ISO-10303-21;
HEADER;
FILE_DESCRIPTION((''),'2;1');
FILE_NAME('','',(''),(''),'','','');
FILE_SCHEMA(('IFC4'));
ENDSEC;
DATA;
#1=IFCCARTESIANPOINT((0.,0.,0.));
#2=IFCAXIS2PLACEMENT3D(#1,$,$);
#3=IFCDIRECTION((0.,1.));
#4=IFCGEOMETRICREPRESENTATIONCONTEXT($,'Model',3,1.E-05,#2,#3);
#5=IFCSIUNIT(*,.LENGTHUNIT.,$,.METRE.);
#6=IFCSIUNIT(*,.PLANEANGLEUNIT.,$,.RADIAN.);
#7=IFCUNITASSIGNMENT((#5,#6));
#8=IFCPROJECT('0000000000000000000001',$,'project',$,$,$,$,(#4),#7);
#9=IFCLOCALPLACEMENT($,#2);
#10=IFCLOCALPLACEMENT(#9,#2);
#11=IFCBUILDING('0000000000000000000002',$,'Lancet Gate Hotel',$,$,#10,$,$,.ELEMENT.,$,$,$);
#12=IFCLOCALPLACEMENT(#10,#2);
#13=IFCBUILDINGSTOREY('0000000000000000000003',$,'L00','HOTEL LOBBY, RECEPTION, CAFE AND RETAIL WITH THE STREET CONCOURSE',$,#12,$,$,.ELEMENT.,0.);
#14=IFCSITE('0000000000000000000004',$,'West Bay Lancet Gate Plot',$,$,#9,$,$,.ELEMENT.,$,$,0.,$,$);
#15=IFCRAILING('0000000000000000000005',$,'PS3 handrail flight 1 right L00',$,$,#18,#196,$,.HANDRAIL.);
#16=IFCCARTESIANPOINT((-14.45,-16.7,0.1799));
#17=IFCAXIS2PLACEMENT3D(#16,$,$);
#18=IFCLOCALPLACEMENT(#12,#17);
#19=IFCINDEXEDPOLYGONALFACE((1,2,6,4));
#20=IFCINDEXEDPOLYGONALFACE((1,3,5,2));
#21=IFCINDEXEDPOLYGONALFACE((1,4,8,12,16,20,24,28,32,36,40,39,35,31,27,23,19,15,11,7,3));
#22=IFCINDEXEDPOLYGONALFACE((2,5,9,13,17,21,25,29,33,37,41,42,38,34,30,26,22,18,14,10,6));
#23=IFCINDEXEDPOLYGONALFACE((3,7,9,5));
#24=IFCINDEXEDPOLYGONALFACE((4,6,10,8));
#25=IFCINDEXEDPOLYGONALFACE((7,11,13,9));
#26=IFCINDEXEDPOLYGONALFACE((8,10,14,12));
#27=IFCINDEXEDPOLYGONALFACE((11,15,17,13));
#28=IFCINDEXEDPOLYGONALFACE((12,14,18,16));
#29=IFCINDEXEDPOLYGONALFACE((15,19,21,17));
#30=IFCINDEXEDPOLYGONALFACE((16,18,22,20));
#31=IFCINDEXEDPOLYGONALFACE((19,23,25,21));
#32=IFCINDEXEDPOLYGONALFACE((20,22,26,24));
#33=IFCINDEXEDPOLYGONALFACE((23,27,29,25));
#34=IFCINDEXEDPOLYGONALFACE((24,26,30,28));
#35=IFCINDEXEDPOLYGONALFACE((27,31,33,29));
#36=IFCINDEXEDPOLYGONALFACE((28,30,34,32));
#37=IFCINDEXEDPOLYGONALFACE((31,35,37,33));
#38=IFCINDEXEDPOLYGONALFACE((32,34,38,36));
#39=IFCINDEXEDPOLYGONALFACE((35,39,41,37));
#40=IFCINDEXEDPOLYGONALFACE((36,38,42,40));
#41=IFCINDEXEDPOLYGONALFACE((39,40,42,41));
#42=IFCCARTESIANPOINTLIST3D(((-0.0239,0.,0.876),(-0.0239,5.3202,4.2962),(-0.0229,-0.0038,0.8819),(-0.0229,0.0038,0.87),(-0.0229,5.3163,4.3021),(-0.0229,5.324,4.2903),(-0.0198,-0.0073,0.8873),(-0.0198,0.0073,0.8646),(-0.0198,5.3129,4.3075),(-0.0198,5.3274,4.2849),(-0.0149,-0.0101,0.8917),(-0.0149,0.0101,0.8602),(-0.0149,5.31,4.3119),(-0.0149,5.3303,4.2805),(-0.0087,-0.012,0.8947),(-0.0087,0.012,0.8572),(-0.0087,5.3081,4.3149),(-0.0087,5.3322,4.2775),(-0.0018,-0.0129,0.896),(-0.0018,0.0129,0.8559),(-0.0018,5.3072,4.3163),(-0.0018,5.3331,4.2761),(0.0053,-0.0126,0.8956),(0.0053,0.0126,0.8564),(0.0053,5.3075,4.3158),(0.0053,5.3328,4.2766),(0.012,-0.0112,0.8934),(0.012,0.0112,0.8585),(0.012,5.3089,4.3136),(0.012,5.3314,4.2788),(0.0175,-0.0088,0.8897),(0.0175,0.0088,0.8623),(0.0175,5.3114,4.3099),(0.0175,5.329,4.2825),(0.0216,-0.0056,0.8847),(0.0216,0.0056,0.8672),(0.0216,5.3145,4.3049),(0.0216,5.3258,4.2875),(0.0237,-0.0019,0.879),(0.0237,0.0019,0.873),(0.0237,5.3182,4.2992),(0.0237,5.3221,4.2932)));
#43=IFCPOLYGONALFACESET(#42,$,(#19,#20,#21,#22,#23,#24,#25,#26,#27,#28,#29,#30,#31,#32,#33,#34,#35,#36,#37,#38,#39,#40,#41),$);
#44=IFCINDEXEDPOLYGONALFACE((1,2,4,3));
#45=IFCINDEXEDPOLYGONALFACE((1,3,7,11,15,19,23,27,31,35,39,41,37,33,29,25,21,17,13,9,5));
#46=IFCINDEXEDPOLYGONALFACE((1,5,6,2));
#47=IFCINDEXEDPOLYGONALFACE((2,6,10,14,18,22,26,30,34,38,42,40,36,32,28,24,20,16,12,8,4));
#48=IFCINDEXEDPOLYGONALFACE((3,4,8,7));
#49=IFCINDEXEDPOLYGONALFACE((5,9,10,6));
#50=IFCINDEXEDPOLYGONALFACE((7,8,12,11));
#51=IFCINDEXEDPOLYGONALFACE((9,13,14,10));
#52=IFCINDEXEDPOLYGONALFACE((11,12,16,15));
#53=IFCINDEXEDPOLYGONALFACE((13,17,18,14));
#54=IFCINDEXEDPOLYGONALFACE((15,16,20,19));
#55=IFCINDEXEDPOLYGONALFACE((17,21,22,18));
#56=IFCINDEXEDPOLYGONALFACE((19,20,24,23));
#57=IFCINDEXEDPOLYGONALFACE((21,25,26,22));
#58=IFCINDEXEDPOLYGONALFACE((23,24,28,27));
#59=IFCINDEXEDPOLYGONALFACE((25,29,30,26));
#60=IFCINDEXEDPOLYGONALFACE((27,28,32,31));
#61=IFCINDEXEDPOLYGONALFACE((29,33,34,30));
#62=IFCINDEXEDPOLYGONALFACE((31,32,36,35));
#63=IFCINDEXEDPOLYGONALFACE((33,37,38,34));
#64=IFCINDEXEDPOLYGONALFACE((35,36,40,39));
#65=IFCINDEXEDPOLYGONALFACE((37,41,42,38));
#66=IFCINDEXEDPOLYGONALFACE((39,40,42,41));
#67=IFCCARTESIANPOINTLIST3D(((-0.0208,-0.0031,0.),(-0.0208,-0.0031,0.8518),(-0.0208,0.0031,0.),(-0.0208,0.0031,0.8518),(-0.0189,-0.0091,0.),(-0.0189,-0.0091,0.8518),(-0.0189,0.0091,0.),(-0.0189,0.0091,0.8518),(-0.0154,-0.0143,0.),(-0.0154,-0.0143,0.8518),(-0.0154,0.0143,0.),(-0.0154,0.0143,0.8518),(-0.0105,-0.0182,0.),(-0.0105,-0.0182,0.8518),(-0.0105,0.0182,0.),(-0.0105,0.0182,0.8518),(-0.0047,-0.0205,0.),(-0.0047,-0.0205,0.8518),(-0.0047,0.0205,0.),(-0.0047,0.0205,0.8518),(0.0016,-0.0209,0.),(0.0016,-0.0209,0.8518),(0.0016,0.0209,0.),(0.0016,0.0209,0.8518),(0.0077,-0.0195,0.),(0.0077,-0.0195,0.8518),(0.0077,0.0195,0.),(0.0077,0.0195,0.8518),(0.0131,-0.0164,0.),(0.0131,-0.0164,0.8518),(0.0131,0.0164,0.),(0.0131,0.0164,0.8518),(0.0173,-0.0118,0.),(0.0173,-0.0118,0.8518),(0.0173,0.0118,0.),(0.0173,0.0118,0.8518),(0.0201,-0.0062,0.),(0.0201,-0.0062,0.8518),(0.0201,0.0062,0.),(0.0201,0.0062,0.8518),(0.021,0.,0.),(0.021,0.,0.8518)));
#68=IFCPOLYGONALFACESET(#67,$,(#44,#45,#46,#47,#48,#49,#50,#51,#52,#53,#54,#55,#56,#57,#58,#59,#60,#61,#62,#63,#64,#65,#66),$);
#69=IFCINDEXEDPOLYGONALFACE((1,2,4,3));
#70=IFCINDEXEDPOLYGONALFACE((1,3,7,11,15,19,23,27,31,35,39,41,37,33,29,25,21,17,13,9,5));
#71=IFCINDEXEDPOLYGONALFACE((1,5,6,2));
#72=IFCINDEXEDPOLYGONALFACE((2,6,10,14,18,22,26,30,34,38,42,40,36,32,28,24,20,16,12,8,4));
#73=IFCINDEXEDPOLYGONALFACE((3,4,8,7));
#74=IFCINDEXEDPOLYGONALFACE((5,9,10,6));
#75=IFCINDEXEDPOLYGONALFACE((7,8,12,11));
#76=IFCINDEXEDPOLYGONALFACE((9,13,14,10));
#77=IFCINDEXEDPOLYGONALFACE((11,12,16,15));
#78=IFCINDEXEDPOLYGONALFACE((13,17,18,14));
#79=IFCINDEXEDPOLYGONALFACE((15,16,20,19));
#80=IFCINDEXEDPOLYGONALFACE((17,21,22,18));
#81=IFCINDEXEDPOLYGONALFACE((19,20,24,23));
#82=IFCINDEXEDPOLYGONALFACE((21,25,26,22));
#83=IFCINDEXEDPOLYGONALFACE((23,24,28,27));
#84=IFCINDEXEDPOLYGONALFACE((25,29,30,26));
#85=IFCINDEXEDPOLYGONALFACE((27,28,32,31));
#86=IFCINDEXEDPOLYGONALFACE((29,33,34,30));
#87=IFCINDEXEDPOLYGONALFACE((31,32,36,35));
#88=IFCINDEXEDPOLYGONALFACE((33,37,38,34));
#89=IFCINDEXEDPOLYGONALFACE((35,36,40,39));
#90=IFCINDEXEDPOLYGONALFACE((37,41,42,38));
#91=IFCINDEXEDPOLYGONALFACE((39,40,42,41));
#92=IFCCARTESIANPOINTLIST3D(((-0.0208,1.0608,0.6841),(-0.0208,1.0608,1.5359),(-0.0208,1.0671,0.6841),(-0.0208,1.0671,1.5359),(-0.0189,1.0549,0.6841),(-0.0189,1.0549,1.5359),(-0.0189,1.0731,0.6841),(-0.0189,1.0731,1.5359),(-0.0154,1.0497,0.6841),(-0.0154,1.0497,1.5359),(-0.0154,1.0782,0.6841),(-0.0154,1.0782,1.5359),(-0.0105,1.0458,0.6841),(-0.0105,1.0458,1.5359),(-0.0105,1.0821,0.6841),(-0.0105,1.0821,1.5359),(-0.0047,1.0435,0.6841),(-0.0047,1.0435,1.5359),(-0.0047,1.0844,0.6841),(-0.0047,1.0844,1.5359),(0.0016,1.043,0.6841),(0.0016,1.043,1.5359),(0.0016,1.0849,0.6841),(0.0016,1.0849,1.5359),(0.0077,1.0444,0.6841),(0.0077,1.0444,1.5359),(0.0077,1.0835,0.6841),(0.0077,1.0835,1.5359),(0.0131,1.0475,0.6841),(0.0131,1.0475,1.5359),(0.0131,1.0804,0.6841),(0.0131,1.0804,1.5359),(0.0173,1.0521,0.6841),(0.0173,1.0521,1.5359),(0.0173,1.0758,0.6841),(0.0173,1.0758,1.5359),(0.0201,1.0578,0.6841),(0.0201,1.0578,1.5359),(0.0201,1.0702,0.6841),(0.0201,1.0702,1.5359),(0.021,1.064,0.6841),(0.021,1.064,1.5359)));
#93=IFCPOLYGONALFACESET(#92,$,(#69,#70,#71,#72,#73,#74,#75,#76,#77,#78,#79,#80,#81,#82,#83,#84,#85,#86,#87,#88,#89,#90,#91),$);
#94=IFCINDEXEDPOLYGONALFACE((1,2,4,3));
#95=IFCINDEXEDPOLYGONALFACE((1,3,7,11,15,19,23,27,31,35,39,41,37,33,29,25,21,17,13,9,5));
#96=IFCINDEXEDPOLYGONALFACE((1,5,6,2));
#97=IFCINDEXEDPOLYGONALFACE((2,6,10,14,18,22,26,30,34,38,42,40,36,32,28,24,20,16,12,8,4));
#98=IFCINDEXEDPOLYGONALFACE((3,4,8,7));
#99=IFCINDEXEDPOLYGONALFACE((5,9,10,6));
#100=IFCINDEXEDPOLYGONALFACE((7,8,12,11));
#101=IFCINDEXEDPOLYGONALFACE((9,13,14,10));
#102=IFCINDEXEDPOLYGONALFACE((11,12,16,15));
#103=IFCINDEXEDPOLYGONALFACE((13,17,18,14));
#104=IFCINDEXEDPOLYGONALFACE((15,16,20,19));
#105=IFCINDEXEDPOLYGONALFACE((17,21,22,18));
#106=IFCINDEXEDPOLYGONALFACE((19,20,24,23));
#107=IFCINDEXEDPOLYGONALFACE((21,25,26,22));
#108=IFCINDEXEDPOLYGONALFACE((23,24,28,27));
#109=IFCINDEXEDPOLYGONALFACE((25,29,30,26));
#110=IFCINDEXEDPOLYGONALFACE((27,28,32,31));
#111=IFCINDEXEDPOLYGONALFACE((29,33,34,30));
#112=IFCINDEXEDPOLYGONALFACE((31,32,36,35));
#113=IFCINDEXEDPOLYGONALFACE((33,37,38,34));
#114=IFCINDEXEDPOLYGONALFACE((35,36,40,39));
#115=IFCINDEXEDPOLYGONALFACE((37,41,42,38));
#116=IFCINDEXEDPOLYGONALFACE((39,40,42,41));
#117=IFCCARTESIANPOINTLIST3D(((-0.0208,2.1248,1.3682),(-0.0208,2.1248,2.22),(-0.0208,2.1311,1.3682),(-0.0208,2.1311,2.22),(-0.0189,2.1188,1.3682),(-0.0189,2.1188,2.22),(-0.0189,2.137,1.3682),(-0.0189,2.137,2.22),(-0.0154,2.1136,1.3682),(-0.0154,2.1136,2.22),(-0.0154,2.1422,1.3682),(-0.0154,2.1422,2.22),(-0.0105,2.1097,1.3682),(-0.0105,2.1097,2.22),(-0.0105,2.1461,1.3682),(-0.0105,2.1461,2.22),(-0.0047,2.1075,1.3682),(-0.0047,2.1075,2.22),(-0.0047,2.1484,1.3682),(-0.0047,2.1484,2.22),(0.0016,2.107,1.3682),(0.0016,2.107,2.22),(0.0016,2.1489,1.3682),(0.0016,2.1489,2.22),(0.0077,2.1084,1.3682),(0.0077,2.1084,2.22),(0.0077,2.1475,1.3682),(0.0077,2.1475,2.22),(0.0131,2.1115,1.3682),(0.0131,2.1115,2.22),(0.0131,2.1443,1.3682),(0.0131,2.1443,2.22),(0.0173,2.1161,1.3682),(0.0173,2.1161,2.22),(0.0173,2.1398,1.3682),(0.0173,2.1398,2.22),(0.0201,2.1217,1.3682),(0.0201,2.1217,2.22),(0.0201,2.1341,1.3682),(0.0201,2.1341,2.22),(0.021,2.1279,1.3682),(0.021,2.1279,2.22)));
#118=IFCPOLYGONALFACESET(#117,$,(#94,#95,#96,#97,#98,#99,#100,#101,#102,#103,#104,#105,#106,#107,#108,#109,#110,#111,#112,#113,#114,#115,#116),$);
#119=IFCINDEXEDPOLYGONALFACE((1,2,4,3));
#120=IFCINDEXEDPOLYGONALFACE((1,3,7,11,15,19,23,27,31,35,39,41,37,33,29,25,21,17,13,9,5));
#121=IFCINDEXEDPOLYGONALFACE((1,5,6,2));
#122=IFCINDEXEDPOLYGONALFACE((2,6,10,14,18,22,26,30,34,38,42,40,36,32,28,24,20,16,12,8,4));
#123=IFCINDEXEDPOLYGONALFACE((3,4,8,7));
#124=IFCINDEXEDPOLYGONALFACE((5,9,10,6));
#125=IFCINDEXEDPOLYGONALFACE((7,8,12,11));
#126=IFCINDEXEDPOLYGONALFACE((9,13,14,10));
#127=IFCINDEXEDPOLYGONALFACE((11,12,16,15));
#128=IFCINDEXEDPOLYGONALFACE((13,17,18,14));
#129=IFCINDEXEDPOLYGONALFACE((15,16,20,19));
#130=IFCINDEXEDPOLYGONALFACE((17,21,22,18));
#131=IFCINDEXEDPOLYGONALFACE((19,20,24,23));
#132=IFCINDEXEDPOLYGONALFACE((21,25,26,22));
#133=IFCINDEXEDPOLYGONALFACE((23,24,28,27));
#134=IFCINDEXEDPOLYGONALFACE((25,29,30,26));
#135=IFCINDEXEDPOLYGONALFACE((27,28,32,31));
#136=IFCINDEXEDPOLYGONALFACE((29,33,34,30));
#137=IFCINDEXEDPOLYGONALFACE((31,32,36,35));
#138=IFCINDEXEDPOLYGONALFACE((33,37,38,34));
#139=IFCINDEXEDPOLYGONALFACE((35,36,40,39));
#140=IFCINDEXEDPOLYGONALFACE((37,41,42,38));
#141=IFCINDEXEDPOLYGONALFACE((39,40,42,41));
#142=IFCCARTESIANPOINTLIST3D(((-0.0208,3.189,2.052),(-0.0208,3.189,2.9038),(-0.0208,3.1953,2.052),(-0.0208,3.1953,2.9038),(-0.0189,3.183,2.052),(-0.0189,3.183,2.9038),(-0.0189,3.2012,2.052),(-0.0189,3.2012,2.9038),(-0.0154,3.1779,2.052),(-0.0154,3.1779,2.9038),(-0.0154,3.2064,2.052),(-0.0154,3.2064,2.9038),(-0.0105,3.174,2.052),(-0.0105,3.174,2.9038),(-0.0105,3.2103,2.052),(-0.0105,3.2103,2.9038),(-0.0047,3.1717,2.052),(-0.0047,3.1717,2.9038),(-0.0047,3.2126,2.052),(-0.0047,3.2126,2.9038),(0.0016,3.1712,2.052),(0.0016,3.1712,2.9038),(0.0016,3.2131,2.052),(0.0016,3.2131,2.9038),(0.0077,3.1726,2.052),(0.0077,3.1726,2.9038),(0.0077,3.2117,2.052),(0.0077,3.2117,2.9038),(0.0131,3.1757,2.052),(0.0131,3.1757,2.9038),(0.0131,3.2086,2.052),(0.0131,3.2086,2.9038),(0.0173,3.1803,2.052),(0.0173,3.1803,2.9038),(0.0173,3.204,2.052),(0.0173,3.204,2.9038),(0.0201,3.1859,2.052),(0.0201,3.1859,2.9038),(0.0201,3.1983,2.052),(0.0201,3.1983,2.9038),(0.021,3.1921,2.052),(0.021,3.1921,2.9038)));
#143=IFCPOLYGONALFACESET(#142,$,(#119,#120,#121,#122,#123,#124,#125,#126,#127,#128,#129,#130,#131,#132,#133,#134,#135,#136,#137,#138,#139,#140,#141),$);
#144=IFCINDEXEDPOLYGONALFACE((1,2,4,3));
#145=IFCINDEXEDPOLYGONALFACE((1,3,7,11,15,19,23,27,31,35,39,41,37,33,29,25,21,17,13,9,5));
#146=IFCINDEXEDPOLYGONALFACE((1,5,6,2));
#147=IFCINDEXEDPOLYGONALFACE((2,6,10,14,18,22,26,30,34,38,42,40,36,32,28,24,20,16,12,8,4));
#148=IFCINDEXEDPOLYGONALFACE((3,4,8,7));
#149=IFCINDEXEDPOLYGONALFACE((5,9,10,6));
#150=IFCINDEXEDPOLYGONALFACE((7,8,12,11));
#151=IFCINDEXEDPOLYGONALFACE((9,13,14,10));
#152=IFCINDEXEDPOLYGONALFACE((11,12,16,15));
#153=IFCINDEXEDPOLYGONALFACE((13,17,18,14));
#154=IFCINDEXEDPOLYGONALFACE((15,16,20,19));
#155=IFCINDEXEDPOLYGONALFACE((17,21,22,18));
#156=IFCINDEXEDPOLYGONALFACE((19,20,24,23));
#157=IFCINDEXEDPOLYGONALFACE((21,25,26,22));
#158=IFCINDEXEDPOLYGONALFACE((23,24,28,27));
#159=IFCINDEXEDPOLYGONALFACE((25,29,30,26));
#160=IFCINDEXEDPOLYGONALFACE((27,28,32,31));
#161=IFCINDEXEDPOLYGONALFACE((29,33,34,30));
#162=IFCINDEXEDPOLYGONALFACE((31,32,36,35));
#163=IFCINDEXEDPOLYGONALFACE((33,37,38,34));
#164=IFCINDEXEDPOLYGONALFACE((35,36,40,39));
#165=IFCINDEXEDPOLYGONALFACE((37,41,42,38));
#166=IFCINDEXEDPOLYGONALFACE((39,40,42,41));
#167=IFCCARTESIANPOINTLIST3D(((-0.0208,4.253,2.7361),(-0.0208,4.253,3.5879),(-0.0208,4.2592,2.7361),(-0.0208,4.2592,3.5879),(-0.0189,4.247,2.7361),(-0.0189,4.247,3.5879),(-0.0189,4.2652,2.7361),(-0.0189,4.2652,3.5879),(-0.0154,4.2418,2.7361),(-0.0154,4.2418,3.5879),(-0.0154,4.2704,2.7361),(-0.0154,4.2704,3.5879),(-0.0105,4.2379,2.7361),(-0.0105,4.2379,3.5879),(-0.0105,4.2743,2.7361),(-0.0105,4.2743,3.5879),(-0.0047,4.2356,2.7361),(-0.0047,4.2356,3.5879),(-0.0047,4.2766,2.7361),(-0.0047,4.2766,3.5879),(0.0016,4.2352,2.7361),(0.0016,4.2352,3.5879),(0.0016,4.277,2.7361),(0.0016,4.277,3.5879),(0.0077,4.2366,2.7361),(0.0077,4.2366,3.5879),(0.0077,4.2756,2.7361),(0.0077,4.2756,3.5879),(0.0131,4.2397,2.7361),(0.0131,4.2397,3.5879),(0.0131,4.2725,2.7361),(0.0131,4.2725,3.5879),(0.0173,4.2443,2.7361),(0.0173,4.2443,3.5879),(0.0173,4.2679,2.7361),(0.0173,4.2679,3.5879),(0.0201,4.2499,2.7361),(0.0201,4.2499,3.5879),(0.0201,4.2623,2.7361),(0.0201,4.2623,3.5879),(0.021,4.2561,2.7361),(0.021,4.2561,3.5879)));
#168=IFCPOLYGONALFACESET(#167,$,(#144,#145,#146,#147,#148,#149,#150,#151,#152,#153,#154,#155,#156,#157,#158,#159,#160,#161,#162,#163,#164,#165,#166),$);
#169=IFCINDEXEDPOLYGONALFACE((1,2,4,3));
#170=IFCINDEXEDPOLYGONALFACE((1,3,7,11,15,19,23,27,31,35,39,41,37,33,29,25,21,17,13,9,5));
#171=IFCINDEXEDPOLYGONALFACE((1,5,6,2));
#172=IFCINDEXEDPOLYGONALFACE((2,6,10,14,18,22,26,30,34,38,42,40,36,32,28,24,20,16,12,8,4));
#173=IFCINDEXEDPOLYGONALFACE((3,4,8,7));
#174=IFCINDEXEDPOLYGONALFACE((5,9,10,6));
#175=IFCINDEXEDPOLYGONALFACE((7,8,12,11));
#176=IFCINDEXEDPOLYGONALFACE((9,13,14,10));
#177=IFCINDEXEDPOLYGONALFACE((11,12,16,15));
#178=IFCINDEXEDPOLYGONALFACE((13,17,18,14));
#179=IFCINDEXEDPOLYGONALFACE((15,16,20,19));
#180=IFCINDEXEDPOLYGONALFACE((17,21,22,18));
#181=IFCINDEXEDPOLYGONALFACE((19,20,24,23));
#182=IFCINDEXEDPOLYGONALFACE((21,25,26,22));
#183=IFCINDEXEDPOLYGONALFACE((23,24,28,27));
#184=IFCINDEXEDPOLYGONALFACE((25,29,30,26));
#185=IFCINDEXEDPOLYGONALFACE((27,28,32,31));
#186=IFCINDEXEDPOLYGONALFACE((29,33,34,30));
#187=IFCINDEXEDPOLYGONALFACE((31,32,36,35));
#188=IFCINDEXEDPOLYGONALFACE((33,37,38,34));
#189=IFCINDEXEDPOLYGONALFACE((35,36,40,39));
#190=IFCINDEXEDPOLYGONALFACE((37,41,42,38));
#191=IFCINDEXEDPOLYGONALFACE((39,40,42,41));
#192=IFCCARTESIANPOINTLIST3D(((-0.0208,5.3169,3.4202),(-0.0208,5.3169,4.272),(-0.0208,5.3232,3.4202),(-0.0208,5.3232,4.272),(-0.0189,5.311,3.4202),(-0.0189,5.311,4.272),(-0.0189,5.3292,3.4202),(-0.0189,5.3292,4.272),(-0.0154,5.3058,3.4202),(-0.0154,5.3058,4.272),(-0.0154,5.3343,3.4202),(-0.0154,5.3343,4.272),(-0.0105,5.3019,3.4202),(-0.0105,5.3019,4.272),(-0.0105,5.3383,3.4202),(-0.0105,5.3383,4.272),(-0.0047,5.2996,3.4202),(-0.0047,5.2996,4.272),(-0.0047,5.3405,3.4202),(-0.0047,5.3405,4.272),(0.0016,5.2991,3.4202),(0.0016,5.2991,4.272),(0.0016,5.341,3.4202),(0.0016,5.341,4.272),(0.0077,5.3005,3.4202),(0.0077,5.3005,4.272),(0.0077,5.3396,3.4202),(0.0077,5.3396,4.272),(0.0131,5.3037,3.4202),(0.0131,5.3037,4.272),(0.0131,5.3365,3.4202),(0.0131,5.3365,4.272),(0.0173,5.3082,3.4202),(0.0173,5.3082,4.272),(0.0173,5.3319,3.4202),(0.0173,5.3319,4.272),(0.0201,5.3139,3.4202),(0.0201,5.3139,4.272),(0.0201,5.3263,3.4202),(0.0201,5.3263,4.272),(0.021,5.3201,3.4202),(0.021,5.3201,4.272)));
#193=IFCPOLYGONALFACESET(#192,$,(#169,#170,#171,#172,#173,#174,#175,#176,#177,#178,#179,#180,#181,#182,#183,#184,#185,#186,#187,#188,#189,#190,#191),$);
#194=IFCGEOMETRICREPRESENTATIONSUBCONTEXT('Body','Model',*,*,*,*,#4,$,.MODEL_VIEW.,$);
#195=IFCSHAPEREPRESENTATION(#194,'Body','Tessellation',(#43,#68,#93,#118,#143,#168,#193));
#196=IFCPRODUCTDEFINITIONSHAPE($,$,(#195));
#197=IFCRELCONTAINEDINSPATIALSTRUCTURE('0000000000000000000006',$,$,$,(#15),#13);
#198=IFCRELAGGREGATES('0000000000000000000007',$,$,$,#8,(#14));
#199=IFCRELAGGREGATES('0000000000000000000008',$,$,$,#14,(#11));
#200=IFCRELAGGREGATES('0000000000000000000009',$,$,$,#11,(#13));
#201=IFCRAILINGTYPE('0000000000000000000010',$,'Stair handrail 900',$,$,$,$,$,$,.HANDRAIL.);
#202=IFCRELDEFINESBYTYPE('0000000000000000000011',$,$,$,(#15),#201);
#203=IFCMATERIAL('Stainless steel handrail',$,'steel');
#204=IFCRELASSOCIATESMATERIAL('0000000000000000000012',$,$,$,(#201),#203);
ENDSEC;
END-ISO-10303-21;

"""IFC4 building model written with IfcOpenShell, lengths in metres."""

from ifc_helpers import new_model, si_unit, direction, frame, origin, origin_2d, place, context, subcontext, project, spatial, circle, extrude, material, type_object, element, save


model = new_model("IFC4")

# Units and contexts
model_context = context("Model", 3, precision=1e-05, world=origin(), true_north=direction((0.0, 1.0)))
body_context = subcontext(model_context, "Body", "Model", "MODEL_VIEW")
ifc_project = project(units=[si_unit("LENGTHUNIT", "METRE"), si_unit("PLANEANGLEUNIT", "RADIAN")], contexts=[model_context])

# Site, building, storey
site_placement = place(None, origin())
site = spatial("IfcSite", under=ifc_project, at=site_placement, Name="West Bay Lancet Gate Plot", CompositionType="ELEMENT", RefElevation=0.0)
building_placement = place(site_placement, origin())
building = spatial("IfcBuilding", under=site, at=building_placement, Name="Lancet Gate Hotel", CompositionType="ELEMENT")
storey_placement = place(building_placement, origin())
storey = spatial("IfcBuildingStorey", under=building, at=storey_placement, Name="L00", Description="HOTEL LOBBY, RECEPTION, CAFE AND RETAIL WITH THE STREET CONCOURSE", CompositionType="ELEMENT", Elevation=0.0)

# Railing
ifc_material_1 = material(Name="Stainless steel handrail", Category="steel")
railing_type_1 = type_object("IfcRailingType", Name="Stair handrail 900", PredefinedType="HANDRAIL", material=ifc_material_1)
for number, where, name in (
    (1, (-14.45, -16.7, 0.1799), "PS3 handrail flight 1 right L00"),
):
    element("IfcRailing", number, at=place(storey_placement, frame(where)), inside=storey, type_object=railing_type_1, Name=name, PredefinedType="HANDRAIL", context=body_context, shape_type="SweptSolid", body=[
        extrude(circle(Radius=0.0239, at=origin_2d()), frame((0.0, 0.0, 0.876), z_axis=(0.0, 0.84117, 0.540771), x_axis=(-1.0, 0.0, 0.0)), (0.0, 0.0, 1.0), 6.3247),
        extrude(circle(Radius=0.021, at=origin_2d()), origin(), (0.0, 0.0, 1.0), 0.8518),
        extrude(circle(Radius=0.021, at=origin_2d()), frame((0.0, 1.064, 0.6841)), (0.0, 0.0, 1.0), 0.8518),
        extrude(circle(Radius=0.021, at=origin_2d()), frame((0.0, 2.1279, 1.3682)), (0.0, 0.0, 1.0), 0.8518),
        extrude(circle(Radius=0.021, at=origin_2d()), frame((0.0, 3.1921, 2.052)), (0.0, 0.0, 1.0), 0.8518),
        extrude(circle(Radius=0.021, at=origin_2d()), frame((0.0, 4.2561, 2.7361)), (0.0, 0.0, 1.0), 0.8518),
        extrude(circle(Radius=0.021, at=origin_2d()), frame((0.0, 5.3201, 3.4202)), (0.0, 0.0, 1.0), 0.8518),
    ])

save(model, "model.ifc")
